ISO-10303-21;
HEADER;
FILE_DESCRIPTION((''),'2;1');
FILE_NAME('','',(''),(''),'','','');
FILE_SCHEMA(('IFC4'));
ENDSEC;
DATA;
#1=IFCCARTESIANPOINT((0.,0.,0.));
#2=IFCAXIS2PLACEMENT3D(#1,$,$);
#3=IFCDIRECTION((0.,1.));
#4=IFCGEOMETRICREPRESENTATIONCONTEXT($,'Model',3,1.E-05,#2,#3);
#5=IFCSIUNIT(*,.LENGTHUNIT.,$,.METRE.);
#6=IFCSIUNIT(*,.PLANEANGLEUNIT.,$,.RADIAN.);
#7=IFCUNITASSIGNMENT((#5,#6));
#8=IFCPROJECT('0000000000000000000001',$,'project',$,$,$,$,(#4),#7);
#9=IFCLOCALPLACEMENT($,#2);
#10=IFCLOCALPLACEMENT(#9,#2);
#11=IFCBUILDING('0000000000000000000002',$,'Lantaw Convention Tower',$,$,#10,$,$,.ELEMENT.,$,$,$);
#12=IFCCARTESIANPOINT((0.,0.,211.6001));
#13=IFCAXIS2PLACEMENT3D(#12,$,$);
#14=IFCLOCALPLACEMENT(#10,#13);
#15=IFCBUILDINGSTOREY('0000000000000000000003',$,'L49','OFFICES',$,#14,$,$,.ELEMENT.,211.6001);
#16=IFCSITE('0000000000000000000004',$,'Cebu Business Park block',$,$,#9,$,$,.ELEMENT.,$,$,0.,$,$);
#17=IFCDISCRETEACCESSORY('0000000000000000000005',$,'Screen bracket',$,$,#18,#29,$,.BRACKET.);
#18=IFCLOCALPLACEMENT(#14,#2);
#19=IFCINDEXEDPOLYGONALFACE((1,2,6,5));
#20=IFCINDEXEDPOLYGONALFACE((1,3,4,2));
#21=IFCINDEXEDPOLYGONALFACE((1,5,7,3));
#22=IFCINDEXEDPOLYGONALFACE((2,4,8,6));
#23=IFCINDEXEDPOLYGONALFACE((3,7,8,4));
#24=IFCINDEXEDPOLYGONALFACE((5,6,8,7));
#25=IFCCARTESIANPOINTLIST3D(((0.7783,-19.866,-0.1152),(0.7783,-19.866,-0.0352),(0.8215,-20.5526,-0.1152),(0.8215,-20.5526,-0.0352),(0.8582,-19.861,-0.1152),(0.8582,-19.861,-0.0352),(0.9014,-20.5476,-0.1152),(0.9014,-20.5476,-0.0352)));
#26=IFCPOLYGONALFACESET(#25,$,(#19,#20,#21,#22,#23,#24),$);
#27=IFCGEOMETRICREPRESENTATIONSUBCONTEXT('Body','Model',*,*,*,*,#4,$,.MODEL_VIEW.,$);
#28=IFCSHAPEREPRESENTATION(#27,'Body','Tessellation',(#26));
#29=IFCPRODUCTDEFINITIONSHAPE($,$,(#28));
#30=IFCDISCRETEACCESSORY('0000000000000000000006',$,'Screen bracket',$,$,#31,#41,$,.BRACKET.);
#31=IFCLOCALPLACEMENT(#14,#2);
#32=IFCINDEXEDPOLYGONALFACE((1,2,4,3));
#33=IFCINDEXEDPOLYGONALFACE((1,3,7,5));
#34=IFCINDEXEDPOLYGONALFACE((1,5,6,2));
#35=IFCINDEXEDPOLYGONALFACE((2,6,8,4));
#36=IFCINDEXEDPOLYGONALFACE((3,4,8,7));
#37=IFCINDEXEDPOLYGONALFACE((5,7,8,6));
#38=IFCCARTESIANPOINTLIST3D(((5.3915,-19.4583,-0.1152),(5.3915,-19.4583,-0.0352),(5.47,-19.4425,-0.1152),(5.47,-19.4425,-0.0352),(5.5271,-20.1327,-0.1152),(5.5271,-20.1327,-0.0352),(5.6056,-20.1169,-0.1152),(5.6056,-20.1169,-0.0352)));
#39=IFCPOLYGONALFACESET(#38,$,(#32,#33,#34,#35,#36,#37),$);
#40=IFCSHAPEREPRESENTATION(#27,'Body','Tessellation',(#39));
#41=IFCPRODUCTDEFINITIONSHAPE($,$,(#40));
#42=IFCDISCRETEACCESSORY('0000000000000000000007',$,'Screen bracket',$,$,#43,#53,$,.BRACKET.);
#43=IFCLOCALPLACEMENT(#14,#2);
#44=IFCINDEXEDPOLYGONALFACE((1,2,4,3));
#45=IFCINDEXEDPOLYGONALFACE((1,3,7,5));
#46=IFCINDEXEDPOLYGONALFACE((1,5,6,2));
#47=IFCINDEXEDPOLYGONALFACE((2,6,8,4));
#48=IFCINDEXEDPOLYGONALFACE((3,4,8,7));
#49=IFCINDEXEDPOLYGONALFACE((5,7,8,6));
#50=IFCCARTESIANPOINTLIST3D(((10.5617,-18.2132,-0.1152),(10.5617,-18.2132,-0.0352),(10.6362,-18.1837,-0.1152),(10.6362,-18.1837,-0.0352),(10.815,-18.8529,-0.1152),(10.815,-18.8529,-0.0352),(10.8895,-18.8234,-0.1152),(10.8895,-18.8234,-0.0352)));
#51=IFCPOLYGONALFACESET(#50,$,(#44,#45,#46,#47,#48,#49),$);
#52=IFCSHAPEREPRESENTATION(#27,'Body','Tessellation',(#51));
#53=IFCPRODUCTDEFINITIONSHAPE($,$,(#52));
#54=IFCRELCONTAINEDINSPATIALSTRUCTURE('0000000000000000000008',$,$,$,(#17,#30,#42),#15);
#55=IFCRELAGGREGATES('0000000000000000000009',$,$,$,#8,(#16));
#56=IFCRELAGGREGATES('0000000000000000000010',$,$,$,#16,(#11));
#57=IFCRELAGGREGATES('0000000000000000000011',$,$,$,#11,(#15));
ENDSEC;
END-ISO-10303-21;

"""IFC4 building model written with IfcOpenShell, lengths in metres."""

from ifc_helpers import new_model, si_unit, direction, frame, origin, origin_2d, place, context, subcontext, project, spatial, rectangle, extrude, element, save


model = new_model("IFC4")

# Units and contexts
model_context = context("Model", 3, precision=1e-05, world=origin(), true_north=direction((0.0, 1.0)))
body_context = subcontext(model_context, "Body", "Model", "MODEL_VIEW")
ifc_project = project(units=[si_unit("LENGTHUNIT", "METRE"), si_unit("PLANEANGLEUNIT", "RADIAN")], contexts=[model_context])

# Site, building, storey
site_placement = place(None, origin())
site = spatial("IfcSite", under=ifc_project, at=site_placement, Name="Cebu Business Park block", CompositionType="ELEMENT", RefElevation=0.0)
building_placement = place(site_placement, origin())
building = spatial("IfcBuilding", under=site, at=building_placement, Name="Lantaw Convention Tower", CompositionType="ELEMENT")
storey_placement = place(building_placement, frame((0.0, 0.0, 211.6001)))
storey = spatial("IfcBuildingStorey", under=building, at=storey_placement, Name="L49", Description="OFFICES", CompositionType="ELEMENT", Elevation=211.6001)

# Discrete accessories
for number, where, z_axis, x_axis, name in (
    (1, (0.8398, -20.2068, -0.1152), (0.0, 0.0, 1.0), (0.998029, 0.062758, 0.0), "Screen bracket"),
    (2, (5.4985, -19.7876, -0.1152), (0.0, 0.0, 1.0), (0.980367, 0.197183, 0.0), "Screen bracket"),
    (3, (10.7256, -18.5183, -0.1152), (0.0, 0.0, 1.0), (0.929762, 0.368162, 0.0), "Screen bracket"),
):
    element("IfcDiscreteAccessory", number, at=place(storey_placement, frame(where, z_axis=z_axis, x_axis=x_axis)), inside=storey, Name=name, PredefinedType="BRACKET", context=body_context, shape_type="SweptSolid", body=[
        extrude(rectangle(XDim=0.0801, YDim=0.688, at=origin_2d()), origin(), (0.0, 0.0, 1.0), 0.0801),
    ])

save(model, "model.ifc")
